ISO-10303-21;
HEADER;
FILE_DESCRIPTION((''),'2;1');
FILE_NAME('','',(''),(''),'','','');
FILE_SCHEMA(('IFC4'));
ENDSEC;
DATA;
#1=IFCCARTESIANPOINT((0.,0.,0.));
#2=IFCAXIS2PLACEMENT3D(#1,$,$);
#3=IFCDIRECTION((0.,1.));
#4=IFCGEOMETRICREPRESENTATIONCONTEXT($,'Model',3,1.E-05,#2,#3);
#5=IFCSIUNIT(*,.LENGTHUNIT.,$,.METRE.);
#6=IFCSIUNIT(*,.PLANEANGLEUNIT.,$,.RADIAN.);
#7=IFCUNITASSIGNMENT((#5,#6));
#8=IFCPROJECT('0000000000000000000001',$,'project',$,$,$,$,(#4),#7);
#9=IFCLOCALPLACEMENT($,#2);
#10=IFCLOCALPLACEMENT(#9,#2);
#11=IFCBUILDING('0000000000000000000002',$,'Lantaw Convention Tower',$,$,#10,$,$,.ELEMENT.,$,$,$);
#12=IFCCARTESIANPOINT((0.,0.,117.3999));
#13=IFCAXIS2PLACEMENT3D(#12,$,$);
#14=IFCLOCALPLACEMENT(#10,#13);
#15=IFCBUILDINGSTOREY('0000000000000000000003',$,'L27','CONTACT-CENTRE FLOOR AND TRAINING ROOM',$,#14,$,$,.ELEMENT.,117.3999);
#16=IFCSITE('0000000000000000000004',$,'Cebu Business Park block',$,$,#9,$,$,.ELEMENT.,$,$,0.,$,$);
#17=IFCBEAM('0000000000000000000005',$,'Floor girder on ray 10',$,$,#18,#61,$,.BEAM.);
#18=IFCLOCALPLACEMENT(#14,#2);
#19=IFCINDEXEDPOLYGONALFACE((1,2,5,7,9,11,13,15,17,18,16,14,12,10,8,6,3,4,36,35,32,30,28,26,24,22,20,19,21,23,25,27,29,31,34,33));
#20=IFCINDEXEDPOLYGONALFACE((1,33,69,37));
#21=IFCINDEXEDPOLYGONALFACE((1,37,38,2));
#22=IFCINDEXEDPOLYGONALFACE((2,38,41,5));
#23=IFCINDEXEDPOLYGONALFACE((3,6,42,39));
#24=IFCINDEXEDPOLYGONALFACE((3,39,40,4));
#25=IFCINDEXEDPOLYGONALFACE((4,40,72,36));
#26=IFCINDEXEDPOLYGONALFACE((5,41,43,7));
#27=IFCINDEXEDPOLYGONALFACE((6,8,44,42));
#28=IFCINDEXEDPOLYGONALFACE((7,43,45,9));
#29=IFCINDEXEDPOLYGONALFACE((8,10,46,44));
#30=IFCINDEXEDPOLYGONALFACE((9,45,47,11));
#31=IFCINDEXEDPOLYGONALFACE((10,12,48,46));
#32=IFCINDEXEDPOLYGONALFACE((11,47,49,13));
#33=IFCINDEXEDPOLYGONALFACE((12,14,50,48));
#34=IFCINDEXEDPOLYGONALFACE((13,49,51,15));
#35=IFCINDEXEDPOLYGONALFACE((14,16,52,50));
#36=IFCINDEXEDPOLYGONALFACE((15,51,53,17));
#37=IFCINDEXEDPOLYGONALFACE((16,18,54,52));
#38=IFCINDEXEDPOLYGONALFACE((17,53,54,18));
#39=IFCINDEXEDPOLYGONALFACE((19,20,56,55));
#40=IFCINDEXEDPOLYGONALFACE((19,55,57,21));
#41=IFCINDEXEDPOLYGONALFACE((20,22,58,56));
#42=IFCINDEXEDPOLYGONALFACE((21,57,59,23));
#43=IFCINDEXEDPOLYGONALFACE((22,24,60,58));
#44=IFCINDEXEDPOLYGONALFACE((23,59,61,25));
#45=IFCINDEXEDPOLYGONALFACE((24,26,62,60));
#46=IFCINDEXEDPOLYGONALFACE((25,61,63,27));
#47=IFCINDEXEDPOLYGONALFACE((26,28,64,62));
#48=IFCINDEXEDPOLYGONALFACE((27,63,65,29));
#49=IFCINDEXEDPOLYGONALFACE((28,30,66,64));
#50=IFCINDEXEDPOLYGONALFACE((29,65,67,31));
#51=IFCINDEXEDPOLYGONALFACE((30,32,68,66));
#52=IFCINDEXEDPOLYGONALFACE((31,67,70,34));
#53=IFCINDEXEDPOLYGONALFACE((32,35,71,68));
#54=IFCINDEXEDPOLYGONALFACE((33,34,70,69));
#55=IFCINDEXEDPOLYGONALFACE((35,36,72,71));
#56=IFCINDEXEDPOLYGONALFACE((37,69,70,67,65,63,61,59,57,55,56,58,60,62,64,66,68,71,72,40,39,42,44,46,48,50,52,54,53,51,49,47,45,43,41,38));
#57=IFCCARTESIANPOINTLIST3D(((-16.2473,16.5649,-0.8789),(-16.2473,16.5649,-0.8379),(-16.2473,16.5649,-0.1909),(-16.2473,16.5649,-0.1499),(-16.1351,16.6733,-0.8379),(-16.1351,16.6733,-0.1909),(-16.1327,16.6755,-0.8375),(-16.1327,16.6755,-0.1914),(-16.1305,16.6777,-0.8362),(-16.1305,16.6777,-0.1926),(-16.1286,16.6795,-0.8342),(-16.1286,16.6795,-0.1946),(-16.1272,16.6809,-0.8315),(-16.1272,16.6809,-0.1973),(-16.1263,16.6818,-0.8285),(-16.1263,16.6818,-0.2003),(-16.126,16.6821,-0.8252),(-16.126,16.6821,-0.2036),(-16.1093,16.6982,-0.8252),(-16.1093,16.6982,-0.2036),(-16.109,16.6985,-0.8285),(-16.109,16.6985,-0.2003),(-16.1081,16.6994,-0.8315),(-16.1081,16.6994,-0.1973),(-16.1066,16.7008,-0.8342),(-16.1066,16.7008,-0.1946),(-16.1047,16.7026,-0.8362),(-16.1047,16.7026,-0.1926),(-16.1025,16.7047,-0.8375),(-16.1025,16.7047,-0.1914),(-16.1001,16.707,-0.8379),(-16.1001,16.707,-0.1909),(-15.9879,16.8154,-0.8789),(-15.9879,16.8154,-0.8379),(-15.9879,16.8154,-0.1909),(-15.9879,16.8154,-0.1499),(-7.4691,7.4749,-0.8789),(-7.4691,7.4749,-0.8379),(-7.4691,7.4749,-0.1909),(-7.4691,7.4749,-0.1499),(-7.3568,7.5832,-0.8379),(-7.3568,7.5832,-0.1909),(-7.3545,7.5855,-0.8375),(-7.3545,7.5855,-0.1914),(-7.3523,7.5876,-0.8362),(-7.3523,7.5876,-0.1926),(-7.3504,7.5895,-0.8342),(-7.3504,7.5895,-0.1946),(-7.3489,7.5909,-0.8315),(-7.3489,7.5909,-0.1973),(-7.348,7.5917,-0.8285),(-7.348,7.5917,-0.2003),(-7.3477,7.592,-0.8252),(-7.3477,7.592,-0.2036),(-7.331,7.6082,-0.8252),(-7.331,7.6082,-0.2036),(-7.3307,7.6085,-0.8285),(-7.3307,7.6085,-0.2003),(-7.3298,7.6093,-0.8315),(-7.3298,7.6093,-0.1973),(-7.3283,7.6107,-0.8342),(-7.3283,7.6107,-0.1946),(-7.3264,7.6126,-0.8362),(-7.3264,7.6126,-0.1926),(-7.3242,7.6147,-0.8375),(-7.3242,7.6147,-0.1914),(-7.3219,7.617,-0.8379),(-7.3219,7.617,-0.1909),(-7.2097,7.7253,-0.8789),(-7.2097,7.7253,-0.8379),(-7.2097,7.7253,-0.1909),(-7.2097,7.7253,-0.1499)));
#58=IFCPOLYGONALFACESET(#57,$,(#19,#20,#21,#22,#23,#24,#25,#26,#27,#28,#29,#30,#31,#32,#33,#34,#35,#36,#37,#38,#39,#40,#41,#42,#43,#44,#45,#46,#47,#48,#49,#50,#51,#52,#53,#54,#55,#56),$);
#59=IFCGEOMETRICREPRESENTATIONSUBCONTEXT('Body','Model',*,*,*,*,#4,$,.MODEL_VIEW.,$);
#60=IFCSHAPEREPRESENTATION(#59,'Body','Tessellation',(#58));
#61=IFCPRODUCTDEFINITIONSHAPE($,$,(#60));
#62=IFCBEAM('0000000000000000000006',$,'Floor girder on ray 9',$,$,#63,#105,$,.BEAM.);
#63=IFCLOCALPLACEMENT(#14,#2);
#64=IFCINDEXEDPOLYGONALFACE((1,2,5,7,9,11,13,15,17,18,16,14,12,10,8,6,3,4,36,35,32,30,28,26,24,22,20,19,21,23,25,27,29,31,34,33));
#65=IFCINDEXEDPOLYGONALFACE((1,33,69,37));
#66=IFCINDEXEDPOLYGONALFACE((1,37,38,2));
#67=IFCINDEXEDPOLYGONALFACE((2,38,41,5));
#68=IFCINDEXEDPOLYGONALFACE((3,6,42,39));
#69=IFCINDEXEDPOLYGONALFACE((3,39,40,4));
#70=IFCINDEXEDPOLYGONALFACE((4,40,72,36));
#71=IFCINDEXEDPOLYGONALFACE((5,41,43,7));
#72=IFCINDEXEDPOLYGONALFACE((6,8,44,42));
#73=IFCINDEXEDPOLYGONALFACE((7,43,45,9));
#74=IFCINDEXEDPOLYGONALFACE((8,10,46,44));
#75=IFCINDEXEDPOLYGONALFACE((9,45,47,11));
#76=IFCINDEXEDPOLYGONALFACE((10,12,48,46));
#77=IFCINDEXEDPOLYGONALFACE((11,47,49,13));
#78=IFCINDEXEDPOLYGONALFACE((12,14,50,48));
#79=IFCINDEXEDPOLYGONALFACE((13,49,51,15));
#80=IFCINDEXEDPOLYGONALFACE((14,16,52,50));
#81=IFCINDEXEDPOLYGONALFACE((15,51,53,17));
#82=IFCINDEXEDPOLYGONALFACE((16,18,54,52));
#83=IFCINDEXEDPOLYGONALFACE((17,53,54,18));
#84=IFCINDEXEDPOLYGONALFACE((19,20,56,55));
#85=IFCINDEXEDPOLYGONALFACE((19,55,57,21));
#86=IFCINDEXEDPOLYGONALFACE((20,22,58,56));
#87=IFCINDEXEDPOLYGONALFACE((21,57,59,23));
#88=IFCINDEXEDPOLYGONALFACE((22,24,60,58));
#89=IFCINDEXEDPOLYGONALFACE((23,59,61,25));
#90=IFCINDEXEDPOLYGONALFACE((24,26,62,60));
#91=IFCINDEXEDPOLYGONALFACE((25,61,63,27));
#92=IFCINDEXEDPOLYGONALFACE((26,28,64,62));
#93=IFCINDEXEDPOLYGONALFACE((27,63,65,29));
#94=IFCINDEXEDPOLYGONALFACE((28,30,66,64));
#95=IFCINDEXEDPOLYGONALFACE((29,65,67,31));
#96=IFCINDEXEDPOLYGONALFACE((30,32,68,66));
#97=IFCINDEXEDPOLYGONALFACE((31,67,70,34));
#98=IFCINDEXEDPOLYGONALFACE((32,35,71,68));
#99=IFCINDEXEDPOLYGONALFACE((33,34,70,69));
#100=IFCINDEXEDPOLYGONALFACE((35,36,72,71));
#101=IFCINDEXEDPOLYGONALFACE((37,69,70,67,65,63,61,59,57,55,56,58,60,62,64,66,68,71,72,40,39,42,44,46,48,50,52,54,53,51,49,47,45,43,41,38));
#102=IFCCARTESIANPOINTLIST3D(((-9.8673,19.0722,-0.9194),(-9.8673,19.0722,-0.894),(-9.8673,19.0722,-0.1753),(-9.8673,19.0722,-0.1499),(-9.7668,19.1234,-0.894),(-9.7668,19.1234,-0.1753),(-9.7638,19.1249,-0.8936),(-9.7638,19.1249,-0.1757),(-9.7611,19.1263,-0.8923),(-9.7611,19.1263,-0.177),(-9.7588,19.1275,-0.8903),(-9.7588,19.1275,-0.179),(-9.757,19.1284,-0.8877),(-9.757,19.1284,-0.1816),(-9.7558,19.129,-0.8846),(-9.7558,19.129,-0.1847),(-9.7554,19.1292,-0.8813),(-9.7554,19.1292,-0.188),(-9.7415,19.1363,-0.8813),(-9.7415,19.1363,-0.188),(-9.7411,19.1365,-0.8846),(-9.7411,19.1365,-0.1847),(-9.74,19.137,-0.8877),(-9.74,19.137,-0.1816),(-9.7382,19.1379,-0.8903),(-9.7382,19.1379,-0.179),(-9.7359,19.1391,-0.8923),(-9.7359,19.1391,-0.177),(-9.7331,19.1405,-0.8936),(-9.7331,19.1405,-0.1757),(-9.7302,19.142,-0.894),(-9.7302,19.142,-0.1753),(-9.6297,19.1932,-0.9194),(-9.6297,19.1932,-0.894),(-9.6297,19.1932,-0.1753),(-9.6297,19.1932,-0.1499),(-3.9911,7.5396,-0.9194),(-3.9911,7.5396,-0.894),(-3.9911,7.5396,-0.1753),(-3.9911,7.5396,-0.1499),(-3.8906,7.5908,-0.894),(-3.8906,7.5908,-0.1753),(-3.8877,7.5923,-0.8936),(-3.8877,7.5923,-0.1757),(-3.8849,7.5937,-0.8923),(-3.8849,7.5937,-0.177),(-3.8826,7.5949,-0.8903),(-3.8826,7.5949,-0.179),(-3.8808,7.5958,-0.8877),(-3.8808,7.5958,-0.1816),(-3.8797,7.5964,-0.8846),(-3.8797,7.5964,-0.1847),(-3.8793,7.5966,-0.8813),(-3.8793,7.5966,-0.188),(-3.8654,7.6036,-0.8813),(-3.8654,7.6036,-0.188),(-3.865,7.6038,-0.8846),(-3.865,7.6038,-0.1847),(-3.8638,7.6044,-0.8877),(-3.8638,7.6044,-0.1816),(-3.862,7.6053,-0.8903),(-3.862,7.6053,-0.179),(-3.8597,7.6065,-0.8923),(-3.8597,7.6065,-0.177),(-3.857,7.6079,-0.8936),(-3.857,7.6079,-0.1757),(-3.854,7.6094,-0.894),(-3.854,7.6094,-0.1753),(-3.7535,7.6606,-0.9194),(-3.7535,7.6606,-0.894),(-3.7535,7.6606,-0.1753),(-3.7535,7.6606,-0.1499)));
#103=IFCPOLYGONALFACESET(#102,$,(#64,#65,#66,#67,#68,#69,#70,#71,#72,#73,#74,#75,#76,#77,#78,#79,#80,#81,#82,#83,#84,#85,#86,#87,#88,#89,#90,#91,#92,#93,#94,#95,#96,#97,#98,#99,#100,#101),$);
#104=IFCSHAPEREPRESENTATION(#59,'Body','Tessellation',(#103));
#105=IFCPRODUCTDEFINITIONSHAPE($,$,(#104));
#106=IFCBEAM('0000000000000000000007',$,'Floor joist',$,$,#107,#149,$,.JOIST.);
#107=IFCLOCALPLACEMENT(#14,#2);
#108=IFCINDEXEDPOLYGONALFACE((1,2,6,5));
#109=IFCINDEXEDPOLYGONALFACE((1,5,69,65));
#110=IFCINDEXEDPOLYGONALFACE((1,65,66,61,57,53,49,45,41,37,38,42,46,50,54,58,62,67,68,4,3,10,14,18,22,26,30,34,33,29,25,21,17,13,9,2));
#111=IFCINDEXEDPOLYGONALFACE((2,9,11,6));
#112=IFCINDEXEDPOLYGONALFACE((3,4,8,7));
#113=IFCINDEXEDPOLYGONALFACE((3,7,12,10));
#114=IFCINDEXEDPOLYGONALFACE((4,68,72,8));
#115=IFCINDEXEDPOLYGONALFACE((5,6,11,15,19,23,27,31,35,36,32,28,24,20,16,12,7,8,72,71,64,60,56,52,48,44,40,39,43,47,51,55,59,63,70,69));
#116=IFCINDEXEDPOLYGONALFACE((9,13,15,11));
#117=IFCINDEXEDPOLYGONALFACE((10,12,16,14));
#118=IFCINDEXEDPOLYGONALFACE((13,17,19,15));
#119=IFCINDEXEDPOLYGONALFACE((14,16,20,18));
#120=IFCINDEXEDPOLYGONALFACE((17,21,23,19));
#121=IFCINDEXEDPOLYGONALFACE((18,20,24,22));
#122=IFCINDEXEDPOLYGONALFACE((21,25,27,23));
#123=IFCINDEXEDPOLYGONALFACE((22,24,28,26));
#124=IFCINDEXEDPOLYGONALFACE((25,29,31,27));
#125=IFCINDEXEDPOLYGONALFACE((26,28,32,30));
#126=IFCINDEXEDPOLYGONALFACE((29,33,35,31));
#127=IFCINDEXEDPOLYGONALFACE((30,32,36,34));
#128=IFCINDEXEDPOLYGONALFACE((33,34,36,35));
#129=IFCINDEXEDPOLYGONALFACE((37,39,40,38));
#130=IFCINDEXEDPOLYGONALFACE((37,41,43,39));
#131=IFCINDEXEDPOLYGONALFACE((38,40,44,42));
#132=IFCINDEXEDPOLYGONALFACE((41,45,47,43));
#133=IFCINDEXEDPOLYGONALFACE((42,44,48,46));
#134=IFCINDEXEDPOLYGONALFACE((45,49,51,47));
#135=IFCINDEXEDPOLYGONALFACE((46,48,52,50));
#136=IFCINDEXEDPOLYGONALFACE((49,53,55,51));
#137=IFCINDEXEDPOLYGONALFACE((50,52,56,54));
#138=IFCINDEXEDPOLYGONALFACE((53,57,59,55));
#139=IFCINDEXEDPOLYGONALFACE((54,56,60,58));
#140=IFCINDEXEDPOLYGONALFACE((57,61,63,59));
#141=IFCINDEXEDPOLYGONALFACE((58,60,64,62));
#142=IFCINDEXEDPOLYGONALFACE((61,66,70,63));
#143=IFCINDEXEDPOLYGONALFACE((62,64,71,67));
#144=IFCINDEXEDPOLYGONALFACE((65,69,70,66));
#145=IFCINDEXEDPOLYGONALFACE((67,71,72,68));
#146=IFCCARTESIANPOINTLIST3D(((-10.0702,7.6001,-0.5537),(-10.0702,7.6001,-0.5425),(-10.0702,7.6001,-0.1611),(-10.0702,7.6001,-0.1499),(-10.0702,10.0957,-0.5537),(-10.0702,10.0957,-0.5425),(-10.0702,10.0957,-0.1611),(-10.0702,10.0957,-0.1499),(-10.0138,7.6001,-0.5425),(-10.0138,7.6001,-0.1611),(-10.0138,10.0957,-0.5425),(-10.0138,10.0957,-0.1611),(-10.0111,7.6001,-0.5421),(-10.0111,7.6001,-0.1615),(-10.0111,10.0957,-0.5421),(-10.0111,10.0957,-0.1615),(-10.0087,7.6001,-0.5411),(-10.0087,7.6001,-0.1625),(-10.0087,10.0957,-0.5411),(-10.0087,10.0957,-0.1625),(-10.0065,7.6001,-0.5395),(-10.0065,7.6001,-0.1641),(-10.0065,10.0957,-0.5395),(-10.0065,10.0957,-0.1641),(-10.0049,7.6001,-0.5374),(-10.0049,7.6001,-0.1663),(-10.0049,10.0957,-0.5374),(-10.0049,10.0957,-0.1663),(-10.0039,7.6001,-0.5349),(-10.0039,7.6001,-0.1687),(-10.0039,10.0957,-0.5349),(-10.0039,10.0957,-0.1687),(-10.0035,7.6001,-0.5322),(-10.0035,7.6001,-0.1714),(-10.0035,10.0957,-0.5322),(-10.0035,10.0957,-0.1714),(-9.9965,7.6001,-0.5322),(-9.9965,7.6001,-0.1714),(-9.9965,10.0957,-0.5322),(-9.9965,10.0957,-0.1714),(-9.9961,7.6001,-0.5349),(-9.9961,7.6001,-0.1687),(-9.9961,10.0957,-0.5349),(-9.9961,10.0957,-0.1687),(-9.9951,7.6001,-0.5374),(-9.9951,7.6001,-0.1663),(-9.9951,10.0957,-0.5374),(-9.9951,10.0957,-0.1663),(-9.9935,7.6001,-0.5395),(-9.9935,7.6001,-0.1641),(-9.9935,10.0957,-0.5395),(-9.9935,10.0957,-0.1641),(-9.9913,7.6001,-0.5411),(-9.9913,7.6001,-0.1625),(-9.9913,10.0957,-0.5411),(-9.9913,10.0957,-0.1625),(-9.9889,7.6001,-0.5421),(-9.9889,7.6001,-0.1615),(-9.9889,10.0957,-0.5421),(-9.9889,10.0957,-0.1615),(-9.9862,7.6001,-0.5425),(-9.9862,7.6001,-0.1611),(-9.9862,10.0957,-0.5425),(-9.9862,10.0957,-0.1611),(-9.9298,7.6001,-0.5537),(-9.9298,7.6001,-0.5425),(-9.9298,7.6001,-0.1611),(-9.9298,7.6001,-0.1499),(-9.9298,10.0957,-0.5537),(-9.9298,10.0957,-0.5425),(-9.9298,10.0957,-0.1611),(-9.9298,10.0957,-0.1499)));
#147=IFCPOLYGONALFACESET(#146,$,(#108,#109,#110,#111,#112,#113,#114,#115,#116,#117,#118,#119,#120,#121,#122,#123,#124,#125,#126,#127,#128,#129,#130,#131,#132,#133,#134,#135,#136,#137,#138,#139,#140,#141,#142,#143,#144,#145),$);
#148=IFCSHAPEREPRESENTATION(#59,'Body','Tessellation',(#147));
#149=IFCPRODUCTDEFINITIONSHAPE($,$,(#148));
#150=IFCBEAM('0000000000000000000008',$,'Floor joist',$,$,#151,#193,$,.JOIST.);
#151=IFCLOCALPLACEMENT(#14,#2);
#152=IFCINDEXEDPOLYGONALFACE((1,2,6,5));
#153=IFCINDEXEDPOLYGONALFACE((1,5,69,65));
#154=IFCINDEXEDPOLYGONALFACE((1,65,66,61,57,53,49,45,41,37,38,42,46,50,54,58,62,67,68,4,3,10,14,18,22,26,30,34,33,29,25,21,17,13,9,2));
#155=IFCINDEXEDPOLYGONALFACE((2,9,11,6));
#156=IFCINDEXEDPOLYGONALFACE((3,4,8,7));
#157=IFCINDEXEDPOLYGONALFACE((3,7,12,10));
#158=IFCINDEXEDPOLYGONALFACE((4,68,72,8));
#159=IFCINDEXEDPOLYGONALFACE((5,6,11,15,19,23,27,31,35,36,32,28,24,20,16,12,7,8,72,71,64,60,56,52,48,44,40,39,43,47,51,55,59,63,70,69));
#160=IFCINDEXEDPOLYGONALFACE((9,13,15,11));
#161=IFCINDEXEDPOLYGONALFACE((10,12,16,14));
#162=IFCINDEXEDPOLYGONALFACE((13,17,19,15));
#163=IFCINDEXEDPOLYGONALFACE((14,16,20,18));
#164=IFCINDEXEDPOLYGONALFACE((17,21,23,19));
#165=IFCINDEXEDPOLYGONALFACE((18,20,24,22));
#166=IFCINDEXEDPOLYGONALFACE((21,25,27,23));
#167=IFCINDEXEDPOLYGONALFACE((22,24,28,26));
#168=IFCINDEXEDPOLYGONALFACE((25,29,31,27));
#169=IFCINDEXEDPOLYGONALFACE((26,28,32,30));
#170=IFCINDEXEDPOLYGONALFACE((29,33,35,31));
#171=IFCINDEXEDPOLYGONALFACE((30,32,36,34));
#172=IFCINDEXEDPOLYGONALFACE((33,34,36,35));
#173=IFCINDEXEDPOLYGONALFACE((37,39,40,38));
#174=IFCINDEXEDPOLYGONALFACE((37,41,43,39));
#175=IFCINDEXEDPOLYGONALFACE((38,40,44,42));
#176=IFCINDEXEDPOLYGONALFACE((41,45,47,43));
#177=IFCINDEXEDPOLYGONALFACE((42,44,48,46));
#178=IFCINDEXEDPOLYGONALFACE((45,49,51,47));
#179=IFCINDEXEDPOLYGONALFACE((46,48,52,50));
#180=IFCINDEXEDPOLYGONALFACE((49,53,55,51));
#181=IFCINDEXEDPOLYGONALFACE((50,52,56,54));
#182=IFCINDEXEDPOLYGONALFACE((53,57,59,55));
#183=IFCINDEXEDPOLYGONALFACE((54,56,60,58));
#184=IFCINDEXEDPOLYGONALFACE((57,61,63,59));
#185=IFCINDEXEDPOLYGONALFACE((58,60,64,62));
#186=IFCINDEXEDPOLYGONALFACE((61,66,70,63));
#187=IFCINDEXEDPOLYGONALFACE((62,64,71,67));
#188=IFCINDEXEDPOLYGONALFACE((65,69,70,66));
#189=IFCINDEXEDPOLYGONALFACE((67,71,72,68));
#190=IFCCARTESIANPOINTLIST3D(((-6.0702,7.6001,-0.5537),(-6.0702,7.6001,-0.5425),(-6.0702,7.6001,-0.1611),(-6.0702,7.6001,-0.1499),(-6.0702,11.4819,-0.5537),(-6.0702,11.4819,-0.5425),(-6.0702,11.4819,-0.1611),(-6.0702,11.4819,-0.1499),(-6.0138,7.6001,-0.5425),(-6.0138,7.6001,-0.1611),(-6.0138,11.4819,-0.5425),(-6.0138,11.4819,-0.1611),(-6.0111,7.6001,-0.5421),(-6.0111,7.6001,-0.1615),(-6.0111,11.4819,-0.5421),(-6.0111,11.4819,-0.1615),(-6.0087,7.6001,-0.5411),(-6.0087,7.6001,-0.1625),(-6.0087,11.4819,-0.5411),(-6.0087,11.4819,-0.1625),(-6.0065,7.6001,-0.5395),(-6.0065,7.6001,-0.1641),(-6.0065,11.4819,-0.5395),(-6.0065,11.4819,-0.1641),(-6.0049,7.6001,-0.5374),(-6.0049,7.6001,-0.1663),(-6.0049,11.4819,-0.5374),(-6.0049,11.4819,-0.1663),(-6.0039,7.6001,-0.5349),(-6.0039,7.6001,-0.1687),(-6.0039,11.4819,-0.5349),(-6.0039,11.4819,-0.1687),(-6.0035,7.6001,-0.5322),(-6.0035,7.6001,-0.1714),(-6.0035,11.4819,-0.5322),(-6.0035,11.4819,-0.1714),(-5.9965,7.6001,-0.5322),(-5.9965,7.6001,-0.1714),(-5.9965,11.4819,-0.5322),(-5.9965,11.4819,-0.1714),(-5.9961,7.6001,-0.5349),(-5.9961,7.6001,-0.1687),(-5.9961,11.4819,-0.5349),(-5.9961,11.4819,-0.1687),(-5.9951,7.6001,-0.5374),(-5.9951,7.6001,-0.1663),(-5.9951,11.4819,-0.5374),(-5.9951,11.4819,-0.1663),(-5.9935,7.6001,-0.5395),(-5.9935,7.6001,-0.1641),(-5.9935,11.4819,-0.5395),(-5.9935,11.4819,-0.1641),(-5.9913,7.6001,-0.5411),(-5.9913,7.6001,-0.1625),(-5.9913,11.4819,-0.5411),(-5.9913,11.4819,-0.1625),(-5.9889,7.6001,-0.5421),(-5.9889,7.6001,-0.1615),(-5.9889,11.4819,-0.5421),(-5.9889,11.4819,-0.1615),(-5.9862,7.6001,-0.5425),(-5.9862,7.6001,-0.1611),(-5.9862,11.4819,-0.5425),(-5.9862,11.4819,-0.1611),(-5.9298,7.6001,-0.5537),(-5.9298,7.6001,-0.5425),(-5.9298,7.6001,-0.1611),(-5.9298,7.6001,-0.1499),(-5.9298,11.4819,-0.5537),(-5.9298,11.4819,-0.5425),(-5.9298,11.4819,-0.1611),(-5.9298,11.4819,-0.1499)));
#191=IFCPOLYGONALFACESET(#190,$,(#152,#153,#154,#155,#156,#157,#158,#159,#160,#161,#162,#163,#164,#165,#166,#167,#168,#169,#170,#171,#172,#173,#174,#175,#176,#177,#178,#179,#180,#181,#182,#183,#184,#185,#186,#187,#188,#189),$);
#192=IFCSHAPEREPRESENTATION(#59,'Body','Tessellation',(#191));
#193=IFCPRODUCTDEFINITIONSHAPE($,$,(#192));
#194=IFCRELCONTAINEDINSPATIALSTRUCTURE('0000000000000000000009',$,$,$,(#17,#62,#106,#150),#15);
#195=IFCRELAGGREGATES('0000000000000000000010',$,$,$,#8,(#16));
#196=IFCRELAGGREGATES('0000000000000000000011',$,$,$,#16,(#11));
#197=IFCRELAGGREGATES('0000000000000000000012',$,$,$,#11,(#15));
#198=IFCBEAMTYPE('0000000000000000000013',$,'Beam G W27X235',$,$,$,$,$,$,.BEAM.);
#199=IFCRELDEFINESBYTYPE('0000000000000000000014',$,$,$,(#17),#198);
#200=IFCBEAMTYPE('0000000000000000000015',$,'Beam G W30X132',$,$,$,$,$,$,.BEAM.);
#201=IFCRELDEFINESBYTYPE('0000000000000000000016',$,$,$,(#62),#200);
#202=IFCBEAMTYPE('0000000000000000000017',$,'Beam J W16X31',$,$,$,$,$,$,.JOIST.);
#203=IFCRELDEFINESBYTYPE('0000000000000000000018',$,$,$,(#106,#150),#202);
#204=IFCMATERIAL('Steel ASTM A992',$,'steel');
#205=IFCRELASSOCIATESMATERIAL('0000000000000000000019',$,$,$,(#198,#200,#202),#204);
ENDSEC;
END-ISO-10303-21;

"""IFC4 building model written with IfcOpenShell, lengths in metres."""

from ifc_helpers import new_model, si_unit, direction, frame, origin, origin_2d, place, context, subcontext, project, spatial, i_section, extrude, material, material_profile, profile_set, type_object, element, save


model = new_model("IFC4")

# Units and contexts
model_context = context("Model", 3, precision=1e-05, world=origin(), true_north=direction((0.0, 1.0)))
body_context = subcontext(model_context, "Body", "Model", "MODEL_VIEW")
ifc_project = project(units=[si_unit("LENGTHUNIT", "METRE"), si_unit("PLANEANGLEUNIT", "RADIAN")], contexts=[model_context])

# Site, building, storey
site_placement = place(None, origin())
site = spatial("IfcSite", under=ifc_project, at=site_placement, Name="Cebu Business Park block", CompositionType="ELEMENT", RefElevation=0.0)
building_placement = place(site_placement, origin())
building = spatial("IfcBuilding", under=site, at=building_placement, Name="Lantaw Convention Tower", CompositionType="ELEMENT")
storey_placement = place(building_placement, frame((0.0, 0.0, 117.3999)))
storey = spatial("IfcBuildingStorey", under=building, at=storey_placement, Name="L27", Description="CONTACT-CENTRE FLOOR AND TRAINING ROOM", CompositionType="ELEMENT", Elevation=117.3999)

# Beams
ifc_material_1 = material(Name="Steel ASTM A992", Category="steel")
ifc_material_profile_1 = material_profile(ifc_material_1, i_section(OverallWidth=0.3606, OverallDepth=0.729, WebThickness=0.0232, FlangeThickness=0.041, FilletRadius=0.0127, at=origin_2d()), Name="W27X235")
ifc_profile_set_1 = profile_set([ifc_material_profile_1], Name="Steel ASTM A992")
beam_type_1 = type_object("IfcBeamType", Name="Beam G W27X235", PredefinedType="BEAM", material=ifc_profile_set_1)
beam_1_placement = place(storey_placement, frame((-7.3394, 7.6001, -0.5144), z_axis=(-0.694663, 0.719335, 0.0), x_axis=(-0.719335, -0.694663, 0.0)))
element("IfcBeam", 1, at=beam_1_placement, inside=storey, type_object=beam_type_1, Name="Floor girder on ray 10", PredefinedType="BEAM", context=body_context, shape_type="SweptSolid", body=[
    extrude(i_section(OverallWidth=0.3606, OverallDepth=0.729, WebThickness=0.0232, FlangeThickness=0.041, FilletRadius=0.0127, at=origin_2d()), origin(), (0.0, 0.0, 1.0), 12.6367),
])
ifc_material_profile_2 = material_profile(ifc_material_1, i_section(OverallWidth=0.2666, OverallDepth=0.7695, WebThickness=0.0156, FlangeThickness=0.0254, FilletRadius=0.0127, at=origin_2d()), Name="W30X132")
ifc_profile_set_2 = profile_set([ifc_material_profile_2], Name="Steel ASTM A992")
beam_type_2 = type_object("IfcBeamType", Name="Beam G W30X132", PredefinedType="BEAM", material=ifc_profile_set_2)
beam_2_placement = place(storey_placement, frame((-3.8723, 7.6001, -0.5347), z_axis=(-0.453991, 0.891006, 0.0), x_axis=(-0.891006, -0.453991, 0.0)))
element("IfcBeam", 2, at=beam_2_placement, inside=storey, type_object=beam_type_2, Name="Floor girder on ray 9", PredefinedType="BEAM", context=body_context, shape_type="SweptSolid", body=[
    extrude(i_section(OverallWidth=0.2666, OverallDepth=0.7695, WebThickness=0.0156, FlangeThickness=0.0254, FilletRadius=0.0127, at=origin_2d()), origin(), (0.0, 0.0, 1.0), 12.9434),
])
ifc_material_profile_3 = material_profile(ifc_material_1, i_section(OverallWidth=0.1404, OverallDepth=0.4038, WebThickness=0.0071, FlangeThickness=0.0112, FilletRadius=0.0103, at=origin_2d()), Name="W16X31")
ifc_profile_set_3 = profile_set([ifc_material_profile_3], Name="Steel ASTM A992")
beam_type_3 = type_object("IfcBeamType", Name="Beam J W16X31", PredefinedType="JOIST", material=ifc_profile_set_3)
beam_3_placement = place(storey_placement, frame((-10.0, 7.6001, -0.3518), z_axis=(0.0, 1.0, 0.0), x_axis=(-1.0, 0.0, 0.0)))
element("IfcBeam", 3, at=beam_3_placement, inside=storey, type_object=beam_type_3, Name="Floor joist", PredefinedType="JOIST", context=body_context, shape_type="SweptSolid", body=[
    extrude(i_section(OverallWidth=0.1404, OverallDepth=0.4038, WebThickness=0.0071, FlangeThickness=0.0112, FilletRadius=0.0103, at=origin_2d()), origin(), (0.0, 0.0, 1.0), 2.4956),
])
beam_4_placement = place(storey_placement, frame((-6.0, 7.6001, -0.3518), z_axis=(0.0, 1.0, 0.0), x_axis=(-1.0, 0.0, 0.0)))
element("IfcBeam", 4, at=beam_4_placement, inside=storey, type_object=beam_type_3, Name="Floor joist", PredefinedType="JOIST", context=body_context, shape_type="SweptSolid", body=[
    extrude(i_section(OverallWidth=0.1404, OverallDepth=0.4038, WebThickness=0.0071, FlangeThickness=0.0112, FilletRadius=0.0103, at=origin_2d()), origin(), (0.0, 0.0, 1.0), 3.8818),
])

save(model, "model.ifc")
